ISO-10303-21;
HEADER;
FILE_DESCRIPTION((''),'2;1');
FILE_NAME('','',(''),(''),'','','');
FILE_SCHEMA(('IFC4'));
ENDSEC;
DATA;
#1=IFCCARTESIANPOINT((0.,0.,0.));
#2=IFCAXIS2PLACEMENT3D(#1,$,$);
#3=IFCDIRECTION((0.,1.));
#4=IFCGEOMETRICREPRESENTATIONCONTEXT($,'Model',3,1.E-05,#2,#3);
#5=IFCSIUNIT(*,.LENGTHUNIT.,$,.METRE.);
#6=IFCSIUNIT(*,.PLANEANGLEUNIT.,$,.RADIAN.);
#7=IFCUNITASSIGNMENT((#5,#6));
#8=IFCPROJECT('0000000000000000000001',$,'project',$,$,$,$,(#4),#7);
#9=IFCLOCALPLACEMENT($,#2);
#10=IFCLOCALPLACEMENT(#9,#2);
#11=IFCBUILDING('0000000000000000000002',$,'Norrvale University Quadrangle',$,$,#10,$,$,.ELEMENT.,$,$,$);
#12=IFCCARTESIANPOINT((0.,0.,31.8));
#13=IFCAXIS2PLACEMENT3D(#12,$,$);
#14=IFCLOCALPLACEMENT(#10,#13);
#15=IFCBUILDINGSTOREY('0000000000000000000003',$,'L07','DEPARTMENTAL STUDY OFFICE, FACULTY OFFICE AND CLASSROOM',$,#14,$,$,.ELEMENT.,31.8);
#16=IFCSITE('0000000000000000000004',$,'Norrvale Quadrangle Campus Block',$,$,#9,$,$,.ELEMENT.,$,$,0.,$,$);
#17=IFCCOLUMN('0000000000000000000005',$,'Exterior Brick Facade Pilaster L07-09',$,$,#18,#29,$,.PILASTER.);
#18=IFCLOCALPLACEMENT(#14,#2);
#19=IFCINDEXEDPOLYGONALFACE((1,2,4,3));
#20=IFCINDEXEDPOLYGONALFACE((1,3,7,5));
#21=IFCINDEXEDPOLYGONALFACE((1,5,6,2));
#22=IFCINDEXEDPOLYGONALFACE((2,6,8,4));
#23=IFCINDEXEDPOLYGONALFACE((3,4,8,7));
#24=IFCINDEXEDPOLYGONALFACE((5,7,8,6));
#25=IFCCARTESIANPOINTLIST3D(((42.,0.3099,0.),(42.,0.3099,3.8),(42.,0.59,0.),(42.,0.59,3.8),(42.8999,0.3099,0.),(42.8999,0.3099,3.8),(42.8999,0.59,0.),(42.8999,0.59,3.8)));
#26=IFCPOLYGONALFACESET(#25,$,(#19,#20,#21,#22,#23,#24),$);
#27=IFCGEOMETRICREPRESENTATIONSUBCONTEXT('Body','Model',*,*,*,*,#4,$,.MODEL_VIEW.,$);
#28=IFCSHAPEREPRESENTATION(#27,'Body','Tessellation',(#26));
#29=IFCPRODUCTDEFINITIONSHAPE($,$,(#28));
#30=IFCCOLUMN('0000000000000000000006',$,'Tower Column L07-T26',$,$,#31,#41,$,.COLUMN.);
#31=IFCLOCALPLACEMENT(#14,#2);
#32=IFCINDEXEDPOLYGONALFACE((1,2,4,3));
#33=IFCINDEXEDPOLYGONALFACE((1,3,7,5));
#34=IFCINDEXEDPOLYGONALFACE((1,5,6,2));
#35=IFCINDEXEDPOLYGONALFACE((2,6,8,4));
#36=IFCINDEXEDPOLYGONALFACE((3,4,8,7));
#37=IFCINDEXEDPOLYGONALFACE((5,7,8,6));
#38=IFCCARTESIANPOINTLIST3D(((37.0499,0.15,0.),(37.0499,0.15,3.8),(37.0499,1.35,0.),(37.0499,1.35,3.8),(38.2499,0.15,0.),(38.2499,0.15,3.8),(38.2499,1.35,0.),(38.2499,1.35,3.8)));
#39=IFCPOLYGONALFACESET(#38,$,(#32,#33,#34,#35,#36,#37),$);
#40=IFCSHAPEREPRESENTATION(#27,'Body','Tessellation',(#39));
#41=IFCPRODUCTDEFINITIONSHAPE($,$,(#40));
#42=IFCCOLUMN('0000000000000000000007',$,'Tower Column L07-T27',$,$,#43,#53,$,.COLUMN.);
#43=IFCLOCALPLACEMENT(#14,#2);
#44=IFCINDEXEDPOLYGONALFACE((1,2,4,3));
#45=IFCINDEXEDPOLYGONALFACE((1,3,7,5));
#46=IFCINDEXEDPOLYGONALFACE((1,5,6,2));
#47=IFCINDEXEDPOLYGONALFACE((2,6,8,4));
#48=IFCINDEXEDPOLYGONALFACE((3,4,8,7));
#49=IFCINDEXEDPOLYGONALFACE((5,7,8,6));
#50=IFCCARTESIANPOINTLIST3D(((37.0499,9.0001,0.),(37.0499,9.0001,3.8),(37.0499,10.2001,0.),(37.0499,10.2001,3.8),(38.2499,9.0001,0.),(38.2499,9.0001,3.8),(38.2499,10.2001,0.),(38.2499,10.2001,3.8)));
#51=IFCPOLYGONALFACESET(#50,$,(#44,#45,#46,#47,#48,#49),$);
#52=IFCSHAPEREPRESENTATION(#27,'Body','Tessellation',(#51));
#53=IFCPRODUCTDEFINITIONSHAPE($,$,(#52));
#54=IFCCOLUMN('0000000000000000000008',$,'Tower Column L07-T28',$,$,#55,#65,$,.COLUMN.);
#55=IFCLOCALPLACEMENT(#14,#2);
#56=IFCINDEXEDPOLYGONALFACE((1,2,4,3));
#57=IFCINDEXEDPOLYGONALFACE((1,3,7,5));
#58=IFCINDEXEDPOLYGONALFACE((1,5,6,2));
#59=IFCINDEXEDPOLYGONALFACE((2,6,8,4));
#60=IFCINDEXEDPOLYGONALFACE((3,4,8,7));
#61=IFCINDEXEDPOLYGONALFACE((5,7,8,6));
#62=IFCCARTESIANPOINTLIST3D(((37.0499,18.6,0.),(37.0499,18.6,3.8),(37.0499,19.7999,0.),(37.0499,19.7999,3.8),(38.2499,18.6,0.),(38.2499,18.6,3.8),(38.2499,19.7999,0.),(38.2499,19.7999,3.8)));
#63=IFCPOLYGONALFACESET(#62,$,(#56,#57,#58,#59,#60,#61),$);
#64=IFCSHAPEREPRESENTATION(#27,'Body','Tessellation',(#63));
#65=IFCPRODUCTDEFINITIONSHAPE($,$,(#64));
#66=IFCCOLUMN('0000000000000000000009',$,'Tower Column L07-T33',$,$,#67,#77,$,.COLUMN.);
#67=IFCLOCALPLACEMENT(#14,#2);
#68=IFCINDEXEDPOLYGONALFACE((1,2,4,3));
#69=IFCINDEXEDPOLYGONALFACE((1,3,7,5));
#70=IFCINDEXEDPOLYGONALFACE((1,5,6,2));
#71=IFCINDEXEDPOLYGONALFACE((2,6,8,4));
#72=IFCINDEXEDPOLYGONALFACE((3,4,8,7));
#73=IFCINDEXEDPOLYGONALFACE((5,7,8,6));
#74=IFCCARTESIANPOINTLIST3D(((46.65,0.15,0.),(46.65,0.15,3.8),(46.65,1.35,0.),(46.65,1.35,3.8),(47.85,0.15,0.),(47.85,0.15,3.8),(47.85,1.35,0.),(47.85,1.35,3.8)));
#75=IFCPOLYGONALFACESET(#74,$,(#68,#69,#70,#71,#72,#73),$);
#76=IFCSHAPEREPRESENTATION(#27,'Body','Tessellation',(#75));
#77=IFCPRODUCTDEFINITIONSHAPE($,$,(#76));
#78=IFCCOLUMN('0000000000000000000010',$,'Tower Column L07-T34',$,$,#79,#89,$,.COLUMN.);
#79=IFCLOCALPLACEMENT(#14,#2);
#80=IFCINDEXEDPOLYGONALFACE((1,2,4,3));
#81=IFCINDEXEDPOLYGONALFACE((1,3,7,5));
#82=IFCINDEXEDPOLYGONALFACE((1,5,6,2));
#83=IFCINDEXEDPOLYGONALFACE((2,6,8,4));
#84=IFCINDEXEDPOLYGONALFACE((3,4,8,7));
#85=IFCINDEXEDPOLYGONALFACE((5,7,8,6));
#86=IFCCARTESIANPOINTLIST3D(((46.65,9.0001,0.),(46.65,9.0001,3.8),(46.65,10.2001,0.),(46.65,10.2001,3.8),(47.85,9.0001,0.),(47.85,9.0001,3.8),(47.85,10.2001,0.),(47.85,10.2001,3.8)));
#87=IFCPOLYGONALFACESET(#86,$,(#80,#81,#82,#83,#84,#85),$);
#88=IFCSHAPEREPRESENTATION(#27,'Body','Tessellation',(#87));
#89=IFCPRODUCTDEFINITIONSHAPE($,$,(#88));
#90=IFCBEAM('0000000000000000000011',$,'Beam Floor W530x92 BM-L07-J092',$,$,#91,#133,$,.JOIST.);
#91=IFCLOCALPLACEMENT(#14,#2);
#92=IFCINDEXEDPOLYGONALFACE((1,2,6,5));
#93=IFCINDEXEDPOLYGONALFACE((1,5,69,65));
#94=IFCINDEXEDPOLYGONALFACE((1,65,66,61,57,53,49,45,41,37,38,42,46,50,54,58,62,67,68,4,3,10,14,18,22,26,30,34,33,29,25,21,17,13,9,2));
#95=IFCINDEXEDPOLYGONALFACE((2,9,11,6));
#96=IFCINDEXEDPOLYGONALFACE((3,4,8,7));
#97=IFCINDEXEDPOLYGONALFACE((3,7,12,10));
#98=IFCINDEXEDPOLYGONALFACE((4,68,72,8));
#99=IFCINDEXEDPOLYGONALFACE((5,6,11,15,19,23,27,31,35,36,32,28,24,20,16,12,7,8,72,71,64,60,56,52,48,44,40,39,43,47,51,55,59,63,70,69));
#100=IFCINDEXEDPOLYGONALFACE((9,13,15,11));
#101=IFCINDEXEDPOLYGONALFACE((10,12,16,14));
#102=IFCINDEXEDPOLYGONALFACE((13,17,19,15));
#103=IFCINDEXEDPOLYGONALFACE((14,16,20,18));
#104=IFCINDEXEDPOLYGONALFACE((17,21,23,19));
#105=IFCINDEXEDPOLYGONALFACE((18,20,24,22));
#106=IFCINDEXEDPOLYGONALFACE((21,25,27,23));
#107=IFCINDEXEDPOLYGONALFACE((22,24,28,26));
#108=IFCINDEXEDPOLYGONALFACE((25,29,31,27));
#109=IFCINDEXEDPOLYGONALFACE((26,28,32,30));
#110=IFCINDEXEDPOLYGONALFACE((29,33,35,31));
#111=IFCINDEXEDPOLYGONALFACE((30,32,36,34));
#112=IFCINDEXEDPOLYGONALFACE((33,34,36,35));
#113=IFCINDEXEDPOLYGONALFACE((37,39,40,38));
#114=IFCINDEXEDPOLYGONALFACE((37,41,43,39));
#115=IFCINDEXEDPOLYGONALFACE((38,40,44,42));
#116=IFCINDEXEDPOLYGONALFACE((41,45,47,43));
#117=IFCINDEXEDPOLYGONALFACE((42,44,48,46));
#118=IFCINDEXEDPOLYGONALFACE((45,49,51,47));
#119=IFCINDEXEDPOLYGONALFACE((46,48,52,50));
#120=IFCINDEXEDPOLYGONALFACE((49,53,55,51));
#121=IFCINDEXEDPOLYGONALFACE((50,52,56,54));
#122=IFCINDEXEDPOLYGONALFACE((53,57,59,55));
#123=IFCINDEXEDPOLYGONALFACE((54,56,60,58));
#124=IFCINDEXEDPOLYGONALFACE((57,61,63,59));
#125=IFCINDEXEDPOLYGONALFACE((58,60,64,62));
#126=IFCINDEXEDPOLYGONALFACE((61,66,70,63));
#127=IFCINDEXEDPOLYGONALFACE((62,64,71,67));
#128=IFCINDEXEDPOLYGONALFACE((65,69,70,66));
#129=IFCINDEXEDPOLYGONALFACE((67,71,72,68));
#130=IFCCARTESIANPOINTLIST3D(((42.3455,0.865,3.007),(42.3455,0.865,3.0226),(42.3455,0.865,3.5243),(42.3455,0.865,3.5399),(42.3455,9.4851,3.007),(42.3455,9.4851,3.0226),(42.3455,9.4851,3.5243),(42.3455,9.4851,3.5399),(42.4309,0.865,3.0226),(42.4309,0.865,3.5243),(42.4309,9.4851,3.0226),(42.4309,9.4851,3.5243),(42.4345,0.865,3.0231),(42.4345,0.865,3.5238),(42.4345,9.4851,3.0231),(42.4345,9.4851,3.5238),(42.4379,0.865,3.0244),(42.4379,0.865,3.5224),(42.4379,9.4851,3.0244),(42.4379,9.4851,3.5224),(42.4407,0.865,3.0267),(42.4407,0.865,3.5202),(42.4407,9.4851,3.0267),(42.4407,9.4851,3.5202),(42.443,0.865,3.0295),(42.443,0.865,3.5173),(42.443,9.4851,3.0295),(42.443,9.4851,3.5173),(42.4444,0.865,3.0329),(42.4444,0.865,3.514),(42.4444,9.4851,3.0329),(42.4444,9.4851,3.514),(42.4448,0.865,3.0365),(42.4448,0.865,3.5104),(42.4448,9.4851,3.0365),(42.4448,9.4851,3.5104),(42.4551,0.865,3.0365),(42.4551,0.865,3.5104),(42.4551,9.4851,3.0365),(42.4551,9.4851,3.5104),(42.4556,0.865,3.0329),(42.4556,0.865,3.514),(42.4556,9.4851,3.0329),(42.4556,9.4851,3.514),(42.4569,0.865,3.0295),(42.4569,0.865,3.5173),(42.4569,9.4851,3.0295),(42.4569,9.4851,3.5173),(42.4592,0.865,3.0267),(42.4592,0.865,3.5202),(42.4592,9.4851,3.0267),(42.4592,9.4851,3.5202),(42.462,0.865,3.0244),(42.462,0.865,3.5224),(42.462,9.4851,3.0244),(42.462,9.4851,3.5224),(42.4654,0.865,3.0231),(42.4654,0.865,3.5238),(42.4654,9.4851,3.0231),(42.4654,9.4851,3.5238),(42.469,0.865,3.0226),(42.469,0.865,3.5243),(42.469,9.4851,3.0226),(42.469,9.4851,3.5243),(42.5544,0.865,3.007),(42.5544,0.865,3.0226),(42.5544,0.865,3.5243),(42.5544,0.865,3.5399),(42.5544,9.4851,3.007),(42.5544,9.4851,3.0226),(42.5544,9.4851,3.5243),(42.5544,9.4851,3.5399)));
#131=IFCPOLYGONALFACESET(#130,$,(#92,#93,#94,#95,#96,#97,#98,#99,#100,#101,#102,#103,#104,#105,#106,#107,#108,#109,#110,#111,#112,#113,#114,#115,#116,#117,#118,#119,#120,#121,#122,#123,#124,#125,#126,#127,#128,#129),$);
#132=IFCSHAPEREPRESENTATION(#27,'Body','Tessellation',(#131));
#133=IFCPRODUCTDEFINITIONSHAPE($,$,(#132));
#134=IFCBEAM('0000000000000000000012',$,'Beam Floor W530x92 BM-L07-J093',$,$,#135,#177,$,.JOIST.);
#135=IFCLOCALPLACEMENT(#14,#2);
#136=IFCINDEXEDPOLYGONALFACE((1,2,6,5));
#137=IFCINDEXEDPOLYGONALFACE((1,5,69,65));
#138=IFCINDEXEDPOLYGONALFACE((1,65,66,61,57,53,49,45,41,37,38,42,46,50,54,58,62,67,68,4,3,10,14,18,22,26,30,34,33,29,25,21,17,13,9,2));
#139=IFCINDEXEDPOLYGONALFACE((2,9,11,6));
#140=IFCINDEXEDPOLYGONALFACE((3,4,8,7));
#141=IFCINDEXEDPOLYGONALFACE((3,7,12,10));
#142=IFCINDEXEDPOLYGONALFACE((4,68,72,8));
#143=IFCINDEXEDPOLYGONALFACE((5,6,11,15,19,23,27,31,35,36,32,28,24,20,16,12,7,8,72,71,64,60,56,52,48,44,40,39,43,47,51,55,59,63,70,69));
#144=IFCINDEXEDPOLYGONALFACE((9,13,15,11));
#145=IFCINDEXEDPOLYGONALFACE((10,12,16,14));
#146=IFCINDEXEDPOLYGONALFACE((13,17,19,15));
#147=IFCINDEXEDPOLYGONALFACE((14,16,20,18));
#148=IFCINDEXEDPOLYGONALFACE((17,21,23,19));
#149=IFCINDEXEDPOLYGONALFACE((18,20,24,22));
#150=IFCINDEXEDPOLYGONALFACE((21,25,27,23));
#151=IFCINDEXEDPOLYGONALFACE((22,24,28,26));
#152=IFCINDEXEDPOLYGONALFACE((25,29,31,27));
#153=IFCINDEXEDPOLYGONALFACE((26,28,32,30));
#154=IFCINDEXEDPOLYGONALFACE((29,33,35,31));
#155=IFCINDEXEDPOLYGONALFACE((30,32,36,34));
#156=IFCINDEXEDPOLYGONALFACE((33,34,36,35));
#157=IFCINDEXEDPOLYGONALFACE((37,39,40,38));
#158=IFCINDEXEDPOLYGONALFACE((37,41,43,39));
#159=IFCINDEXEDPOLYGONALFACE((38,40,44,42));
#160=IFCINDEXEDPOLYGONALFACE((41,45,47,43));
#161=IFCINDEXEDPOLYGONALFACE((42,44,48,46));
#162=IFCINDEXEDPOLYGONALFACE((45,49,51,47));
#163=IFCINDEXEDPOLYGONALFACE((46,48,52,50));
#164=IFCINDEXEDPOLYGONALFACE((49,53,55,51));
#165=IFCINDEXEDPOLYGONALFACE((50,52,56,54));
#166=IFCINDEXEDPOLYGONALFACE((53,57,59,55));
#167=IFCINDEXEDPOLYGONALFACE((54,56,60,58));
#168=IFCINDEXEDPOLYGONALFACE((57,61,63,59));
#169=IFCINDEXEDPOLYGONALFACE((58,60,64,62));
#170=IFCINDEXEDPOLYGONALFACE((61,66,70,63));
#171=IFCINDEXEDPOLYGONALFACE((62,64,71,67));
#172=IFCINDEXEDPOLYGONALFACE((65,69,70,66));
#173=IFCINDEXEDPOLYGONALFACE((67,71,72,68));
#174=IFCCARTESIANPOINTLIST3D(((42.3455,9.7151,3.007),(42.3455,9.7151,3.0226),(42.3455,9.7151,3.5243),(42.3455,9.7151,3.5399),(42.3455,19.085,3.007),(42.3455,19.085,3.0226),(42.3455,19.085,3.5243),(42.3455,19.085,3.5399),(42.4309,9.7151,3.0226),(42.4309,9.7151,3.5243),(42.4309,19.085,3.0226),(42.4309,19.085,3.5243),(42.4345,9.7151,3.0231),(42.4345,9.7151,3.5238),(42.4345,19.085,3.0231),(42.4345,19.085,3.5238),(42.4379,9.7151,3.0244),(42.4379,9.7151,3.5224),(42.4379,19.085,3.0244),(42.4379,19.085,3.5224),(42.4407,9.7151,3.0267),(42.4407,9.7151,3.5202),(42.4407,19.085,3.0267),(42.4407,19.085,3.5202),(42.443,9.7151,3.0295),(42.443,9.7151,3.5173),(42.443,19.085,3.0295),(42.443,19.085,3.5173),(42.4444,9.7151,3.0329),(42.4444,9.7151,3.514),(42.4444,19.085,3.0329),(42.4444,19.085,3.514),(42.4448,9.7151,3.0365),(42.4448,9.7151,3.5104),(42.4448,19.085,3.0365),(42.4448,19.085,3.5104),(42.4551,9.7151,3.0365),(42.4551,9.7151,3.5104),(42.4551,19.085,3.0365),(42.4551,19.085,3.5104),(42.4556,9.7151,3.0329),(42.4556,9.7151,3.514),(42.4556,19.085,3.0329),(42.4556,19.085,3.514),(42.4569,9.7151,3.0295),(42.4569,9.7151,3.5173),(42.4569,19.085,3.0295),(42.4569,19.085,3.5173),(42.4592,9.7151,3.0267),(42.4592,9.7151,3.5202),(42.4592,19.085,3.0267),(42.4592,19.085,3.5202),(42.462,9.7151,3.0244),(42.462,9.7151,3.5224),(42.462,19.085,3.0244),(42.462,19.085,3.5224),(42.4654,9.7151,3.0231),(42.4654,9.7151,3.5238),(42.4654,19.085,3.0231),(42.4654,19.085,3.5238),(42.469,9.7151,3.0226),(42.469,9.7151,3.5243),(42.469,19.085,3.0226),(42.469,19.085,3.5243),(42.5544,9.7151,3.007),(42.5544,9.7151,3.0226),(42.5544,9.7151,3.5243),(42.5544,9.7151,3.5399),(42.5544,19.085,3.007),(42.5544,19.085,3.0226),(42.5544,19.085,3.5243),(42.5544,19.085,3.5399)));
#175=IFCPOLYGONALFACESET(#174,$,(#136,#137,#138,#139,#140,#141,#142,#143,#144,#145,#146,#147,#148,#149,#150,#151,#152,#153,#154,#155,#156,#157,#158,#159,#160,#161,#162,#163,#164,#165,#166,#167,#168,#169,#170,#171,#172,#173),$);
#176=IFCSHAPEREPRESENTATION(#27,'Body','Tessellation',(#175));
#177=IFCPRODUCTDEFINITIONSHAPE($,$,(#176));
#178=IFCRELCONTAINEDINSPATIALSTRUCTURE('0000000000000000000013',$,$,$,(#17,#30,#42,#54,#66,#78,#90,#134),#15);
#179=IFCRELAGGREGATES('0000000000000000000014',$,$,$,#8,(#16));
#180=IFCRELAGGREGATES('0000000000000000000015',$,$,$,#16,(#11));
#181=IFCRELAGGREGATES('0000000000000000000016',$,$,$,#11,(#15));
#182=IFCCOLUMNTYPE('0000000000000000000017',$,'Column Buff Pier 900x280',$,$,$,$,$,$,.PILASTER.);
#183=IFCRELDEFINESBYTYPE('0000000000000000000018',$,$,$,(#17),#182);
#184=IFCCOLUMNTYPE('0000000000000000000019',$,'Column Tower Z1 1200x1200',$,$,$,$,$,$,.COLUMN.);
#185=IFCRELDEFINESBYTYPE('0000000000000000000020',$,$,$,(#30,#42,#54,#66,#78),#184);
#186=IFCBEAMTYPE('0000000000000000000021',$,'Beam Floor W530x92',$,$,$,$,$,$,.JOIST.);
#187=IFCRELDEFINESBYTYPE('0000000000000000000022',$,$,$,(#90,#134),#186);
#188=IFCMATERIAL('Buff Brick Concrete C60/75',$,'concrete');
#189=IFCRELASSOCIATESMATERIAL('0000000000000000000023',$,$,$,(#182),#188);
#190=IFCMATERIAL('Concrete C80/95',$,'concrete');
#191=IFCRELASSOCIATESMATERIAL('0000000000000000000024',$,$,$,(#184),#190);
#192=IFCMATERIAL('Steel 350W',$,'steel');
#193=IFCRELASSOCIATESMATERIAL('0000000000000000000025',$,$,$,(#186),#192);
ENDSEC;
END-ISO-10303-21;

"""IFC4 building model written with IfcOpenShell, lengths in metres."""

from ifc_helpers import new_model, si_unit, direction, frame, origin, origin_2d, place, context, subcontext, project, spatial, rectangle, i_section, extrude, material, material_profile, profile_set, type_object, element, save


model = new_model("IFC4")

# Units and contexts
model_context = context("Model", 3, precision=1e-05, world=origin(), true_north=direction((0.0, 1.0)))
body_context = subcontext(model_context, "Body", "Model", "MODEL_VIEW")
ifc_project = project(units=[si_unit("LENGTHUNIT", "METRE"), si_unit("PLANEANGLEUNIT", "RADIAN")], contexts=[model_context])

# Site, building, storey
site_placement = place(None, origin())
site = spatial("IfcSite", under=ifc_project, at=site_placement, Name="Norrvale Quadrangle Campus Block", CompositionType="ELEMENT", RefElevation=0.0)
building_placement = place(site_placement, origin())
building = spatial("IfcBuilding", under=site, at=building_placement, Name="Norrvale University Quadrangle", CompositionType="ELEMENT")
storey_placement = place(building_placement, frame((0.0, 0.0, 31.8)))
storey = spatial("IfcBuildingStorey", under=building, at=storey_placement, Name="L07", Description="DEPARTMENTAL STUDY OFFICE, FACULTY OFFICE AND CLASSROOM", CompositionType="ELEMENT", Elevation=31.8)

# Columns
ifc_material_1 = material(Name="Buff Brick Concrete C60/75", Category="concrete")
ifc_material_profile_1 = material_profile(ifc_material_1, rectangle(XDim=0.8999, YDim=0.28, at=origin_2d()), Name="Buff Brick Concrete C60/75")
ifc_profile_set_1 = profile_set([ifc_material_profile_1], Name="Buff Brick Concrete C60/75")
column_type_1 = type_object("IfcColumnType", Name="Column Buff Pier 900x280", PredefinedType="PILASTER", material=ifc_profile_set_1)
column_placement = place(storey_placement, frame((42.45, 0.45, 0.0), z_axis=(0.0, 0.0, 1.0), x_axis=(1.0, 0.0, 0.0)))
element("IfcColumn", 1, at=column_placement, inside=storey, type_object=column_type_1, Name="Exterior Brick Facade Pilaster L07-09", PredefinedType="PILASTER", context=body_context, shape_type="SweptSolid", body=[
    extrude(rectangle(XDim=0.8999, YDim=0.28, at=origin_2d()), origin(), (0.0, 0.0, 1.0), 3.8),
])
ifc_material_2 = material(Name="Concrete C80/95", Category="concrete")
ifc_material_profile_2 = material_profile(ifc_material_2, rectangle(XDim=1.2, YDim=1.2, at=origin_2d()), Name="Concrete C80/95")
ifc_profile_set_2 = profile_set([ifc_material_profile_2], Name="Concrete C80/95")
column_type_2 = type_object("IfcColumnType", Name="Column Tower Z1 1200x1200", PredefinedType="COLUMN", material=ifc_profile_set_2)
for number, where, z_axis, x_axis, name in (
    (2, (37.6499, 0.75, 0.0), (0.0, 0.0, 1.0), (1.0, 0.0, 0.0), "Tower Column L07-T26"),
    (3, (37.6499, 9.6001, 0.0), (0.0, 0.0, 1.0), (1.0, 0.0, 0.0), "Tower Column L07-T27"),
    (4, (37.6499, 19.2, 0.0), (0.0, 0.0, 1.0), (1.0, 0.0, 0.0), "Tower Column L07-T28"),
    (5, (47.25, 0.75, 0.0), (0.0, 0.0, 1.0), (1.0, 0.0, 0.0), "Tower Column L07-T33"),
    (6, (47.25, 9.6001, 0.0), (0.0, 0.0, 1.0), (1.0, 0.0, 0.0), "Tower Column L07-T34"),
):
    element("IfcColumn", number, at=place(storey_placement, frame(where, z_axis=z_axis, x_axis=x_axis)), inside=storey, type_object=column_type_2, Name=name, PredefinedType="COLUMN", context=body_context, shape_type="SweptSolid", body=[
        extrude(rectangle(XDim=1.2, YDim=1.2, at=origin_2d()), origin(), (0.0, 0.0, 1.0), 3.8),
    ])

# Beams
ifc_material_3 = material(Name="Steel 350W", Category="steel")
ifc_material_profile_3 = material_profile(ifc_material_3, i_section(OverallWidth=0.209, OverallDepth=0.533, WebThickness=0.0103, FlangeThickness=0.0156, FilletRadius=0.0139, at=origin_2d()), Name="Steel 350W")
ifc_profile_set_3 = profile_set([ifc_material_profile_3], Name="Steel 350W")
beam_type_1 = type_object("IfcBeamType", Name="Beam Floor W530x92", PredefinedType="JOIST", material=ifc_profile_set_3)
beam_1_placement = place(storey_placement, frame((42.45, 0.865, 3.2734), z_axis=(0.0, 1.0, 0.0), x_axis=(-1.0, 0.0, 0.0)))
element("IfcBeam", 7, at=beam_1_placement, inside=storey, type_object=beam_type_1, Name="Beam Floor W530x92 BM-L07-J092", PredefinedType="JOIST", context=body_context, shape_type="SweptSolid", body=[
    extrude(i_section(OverallWidth=0.209, OverallDepth=0.533, WebThickness=0.0103, FlangeThickness=0.0156, FilletRadius=0.0139, at=origin_2d()), origin(), (0.0, 0.0, 1.0), 8.6201),
])
beam_2_placement = place(storey_placement, frame((42.45, 9.7151, 3.2734), z_axis=(0.0, 1.0, 0.0), x_axis=(-1.0, 0.0, 0.0)))
element("IfcBeam", 8, at=beam_2_placement, inside=storey, type_object=beam_type_1, Name="Beam Floor W530x92 BM-L07-J093", PredefinedType="JOIST", context=body_context, shape_type="SweptSolid", body=[
    extrude(i_section(OverallWidth=0.209, OverallDepth=0.533, WebThickness=0.0103, FlangeThickness=0.0156, FilletRadius=0.0139, at=origin_2d()), origin(), (0.0, 0.0, 1.0), 9.3699),
])

save(model, "model.ifc")
